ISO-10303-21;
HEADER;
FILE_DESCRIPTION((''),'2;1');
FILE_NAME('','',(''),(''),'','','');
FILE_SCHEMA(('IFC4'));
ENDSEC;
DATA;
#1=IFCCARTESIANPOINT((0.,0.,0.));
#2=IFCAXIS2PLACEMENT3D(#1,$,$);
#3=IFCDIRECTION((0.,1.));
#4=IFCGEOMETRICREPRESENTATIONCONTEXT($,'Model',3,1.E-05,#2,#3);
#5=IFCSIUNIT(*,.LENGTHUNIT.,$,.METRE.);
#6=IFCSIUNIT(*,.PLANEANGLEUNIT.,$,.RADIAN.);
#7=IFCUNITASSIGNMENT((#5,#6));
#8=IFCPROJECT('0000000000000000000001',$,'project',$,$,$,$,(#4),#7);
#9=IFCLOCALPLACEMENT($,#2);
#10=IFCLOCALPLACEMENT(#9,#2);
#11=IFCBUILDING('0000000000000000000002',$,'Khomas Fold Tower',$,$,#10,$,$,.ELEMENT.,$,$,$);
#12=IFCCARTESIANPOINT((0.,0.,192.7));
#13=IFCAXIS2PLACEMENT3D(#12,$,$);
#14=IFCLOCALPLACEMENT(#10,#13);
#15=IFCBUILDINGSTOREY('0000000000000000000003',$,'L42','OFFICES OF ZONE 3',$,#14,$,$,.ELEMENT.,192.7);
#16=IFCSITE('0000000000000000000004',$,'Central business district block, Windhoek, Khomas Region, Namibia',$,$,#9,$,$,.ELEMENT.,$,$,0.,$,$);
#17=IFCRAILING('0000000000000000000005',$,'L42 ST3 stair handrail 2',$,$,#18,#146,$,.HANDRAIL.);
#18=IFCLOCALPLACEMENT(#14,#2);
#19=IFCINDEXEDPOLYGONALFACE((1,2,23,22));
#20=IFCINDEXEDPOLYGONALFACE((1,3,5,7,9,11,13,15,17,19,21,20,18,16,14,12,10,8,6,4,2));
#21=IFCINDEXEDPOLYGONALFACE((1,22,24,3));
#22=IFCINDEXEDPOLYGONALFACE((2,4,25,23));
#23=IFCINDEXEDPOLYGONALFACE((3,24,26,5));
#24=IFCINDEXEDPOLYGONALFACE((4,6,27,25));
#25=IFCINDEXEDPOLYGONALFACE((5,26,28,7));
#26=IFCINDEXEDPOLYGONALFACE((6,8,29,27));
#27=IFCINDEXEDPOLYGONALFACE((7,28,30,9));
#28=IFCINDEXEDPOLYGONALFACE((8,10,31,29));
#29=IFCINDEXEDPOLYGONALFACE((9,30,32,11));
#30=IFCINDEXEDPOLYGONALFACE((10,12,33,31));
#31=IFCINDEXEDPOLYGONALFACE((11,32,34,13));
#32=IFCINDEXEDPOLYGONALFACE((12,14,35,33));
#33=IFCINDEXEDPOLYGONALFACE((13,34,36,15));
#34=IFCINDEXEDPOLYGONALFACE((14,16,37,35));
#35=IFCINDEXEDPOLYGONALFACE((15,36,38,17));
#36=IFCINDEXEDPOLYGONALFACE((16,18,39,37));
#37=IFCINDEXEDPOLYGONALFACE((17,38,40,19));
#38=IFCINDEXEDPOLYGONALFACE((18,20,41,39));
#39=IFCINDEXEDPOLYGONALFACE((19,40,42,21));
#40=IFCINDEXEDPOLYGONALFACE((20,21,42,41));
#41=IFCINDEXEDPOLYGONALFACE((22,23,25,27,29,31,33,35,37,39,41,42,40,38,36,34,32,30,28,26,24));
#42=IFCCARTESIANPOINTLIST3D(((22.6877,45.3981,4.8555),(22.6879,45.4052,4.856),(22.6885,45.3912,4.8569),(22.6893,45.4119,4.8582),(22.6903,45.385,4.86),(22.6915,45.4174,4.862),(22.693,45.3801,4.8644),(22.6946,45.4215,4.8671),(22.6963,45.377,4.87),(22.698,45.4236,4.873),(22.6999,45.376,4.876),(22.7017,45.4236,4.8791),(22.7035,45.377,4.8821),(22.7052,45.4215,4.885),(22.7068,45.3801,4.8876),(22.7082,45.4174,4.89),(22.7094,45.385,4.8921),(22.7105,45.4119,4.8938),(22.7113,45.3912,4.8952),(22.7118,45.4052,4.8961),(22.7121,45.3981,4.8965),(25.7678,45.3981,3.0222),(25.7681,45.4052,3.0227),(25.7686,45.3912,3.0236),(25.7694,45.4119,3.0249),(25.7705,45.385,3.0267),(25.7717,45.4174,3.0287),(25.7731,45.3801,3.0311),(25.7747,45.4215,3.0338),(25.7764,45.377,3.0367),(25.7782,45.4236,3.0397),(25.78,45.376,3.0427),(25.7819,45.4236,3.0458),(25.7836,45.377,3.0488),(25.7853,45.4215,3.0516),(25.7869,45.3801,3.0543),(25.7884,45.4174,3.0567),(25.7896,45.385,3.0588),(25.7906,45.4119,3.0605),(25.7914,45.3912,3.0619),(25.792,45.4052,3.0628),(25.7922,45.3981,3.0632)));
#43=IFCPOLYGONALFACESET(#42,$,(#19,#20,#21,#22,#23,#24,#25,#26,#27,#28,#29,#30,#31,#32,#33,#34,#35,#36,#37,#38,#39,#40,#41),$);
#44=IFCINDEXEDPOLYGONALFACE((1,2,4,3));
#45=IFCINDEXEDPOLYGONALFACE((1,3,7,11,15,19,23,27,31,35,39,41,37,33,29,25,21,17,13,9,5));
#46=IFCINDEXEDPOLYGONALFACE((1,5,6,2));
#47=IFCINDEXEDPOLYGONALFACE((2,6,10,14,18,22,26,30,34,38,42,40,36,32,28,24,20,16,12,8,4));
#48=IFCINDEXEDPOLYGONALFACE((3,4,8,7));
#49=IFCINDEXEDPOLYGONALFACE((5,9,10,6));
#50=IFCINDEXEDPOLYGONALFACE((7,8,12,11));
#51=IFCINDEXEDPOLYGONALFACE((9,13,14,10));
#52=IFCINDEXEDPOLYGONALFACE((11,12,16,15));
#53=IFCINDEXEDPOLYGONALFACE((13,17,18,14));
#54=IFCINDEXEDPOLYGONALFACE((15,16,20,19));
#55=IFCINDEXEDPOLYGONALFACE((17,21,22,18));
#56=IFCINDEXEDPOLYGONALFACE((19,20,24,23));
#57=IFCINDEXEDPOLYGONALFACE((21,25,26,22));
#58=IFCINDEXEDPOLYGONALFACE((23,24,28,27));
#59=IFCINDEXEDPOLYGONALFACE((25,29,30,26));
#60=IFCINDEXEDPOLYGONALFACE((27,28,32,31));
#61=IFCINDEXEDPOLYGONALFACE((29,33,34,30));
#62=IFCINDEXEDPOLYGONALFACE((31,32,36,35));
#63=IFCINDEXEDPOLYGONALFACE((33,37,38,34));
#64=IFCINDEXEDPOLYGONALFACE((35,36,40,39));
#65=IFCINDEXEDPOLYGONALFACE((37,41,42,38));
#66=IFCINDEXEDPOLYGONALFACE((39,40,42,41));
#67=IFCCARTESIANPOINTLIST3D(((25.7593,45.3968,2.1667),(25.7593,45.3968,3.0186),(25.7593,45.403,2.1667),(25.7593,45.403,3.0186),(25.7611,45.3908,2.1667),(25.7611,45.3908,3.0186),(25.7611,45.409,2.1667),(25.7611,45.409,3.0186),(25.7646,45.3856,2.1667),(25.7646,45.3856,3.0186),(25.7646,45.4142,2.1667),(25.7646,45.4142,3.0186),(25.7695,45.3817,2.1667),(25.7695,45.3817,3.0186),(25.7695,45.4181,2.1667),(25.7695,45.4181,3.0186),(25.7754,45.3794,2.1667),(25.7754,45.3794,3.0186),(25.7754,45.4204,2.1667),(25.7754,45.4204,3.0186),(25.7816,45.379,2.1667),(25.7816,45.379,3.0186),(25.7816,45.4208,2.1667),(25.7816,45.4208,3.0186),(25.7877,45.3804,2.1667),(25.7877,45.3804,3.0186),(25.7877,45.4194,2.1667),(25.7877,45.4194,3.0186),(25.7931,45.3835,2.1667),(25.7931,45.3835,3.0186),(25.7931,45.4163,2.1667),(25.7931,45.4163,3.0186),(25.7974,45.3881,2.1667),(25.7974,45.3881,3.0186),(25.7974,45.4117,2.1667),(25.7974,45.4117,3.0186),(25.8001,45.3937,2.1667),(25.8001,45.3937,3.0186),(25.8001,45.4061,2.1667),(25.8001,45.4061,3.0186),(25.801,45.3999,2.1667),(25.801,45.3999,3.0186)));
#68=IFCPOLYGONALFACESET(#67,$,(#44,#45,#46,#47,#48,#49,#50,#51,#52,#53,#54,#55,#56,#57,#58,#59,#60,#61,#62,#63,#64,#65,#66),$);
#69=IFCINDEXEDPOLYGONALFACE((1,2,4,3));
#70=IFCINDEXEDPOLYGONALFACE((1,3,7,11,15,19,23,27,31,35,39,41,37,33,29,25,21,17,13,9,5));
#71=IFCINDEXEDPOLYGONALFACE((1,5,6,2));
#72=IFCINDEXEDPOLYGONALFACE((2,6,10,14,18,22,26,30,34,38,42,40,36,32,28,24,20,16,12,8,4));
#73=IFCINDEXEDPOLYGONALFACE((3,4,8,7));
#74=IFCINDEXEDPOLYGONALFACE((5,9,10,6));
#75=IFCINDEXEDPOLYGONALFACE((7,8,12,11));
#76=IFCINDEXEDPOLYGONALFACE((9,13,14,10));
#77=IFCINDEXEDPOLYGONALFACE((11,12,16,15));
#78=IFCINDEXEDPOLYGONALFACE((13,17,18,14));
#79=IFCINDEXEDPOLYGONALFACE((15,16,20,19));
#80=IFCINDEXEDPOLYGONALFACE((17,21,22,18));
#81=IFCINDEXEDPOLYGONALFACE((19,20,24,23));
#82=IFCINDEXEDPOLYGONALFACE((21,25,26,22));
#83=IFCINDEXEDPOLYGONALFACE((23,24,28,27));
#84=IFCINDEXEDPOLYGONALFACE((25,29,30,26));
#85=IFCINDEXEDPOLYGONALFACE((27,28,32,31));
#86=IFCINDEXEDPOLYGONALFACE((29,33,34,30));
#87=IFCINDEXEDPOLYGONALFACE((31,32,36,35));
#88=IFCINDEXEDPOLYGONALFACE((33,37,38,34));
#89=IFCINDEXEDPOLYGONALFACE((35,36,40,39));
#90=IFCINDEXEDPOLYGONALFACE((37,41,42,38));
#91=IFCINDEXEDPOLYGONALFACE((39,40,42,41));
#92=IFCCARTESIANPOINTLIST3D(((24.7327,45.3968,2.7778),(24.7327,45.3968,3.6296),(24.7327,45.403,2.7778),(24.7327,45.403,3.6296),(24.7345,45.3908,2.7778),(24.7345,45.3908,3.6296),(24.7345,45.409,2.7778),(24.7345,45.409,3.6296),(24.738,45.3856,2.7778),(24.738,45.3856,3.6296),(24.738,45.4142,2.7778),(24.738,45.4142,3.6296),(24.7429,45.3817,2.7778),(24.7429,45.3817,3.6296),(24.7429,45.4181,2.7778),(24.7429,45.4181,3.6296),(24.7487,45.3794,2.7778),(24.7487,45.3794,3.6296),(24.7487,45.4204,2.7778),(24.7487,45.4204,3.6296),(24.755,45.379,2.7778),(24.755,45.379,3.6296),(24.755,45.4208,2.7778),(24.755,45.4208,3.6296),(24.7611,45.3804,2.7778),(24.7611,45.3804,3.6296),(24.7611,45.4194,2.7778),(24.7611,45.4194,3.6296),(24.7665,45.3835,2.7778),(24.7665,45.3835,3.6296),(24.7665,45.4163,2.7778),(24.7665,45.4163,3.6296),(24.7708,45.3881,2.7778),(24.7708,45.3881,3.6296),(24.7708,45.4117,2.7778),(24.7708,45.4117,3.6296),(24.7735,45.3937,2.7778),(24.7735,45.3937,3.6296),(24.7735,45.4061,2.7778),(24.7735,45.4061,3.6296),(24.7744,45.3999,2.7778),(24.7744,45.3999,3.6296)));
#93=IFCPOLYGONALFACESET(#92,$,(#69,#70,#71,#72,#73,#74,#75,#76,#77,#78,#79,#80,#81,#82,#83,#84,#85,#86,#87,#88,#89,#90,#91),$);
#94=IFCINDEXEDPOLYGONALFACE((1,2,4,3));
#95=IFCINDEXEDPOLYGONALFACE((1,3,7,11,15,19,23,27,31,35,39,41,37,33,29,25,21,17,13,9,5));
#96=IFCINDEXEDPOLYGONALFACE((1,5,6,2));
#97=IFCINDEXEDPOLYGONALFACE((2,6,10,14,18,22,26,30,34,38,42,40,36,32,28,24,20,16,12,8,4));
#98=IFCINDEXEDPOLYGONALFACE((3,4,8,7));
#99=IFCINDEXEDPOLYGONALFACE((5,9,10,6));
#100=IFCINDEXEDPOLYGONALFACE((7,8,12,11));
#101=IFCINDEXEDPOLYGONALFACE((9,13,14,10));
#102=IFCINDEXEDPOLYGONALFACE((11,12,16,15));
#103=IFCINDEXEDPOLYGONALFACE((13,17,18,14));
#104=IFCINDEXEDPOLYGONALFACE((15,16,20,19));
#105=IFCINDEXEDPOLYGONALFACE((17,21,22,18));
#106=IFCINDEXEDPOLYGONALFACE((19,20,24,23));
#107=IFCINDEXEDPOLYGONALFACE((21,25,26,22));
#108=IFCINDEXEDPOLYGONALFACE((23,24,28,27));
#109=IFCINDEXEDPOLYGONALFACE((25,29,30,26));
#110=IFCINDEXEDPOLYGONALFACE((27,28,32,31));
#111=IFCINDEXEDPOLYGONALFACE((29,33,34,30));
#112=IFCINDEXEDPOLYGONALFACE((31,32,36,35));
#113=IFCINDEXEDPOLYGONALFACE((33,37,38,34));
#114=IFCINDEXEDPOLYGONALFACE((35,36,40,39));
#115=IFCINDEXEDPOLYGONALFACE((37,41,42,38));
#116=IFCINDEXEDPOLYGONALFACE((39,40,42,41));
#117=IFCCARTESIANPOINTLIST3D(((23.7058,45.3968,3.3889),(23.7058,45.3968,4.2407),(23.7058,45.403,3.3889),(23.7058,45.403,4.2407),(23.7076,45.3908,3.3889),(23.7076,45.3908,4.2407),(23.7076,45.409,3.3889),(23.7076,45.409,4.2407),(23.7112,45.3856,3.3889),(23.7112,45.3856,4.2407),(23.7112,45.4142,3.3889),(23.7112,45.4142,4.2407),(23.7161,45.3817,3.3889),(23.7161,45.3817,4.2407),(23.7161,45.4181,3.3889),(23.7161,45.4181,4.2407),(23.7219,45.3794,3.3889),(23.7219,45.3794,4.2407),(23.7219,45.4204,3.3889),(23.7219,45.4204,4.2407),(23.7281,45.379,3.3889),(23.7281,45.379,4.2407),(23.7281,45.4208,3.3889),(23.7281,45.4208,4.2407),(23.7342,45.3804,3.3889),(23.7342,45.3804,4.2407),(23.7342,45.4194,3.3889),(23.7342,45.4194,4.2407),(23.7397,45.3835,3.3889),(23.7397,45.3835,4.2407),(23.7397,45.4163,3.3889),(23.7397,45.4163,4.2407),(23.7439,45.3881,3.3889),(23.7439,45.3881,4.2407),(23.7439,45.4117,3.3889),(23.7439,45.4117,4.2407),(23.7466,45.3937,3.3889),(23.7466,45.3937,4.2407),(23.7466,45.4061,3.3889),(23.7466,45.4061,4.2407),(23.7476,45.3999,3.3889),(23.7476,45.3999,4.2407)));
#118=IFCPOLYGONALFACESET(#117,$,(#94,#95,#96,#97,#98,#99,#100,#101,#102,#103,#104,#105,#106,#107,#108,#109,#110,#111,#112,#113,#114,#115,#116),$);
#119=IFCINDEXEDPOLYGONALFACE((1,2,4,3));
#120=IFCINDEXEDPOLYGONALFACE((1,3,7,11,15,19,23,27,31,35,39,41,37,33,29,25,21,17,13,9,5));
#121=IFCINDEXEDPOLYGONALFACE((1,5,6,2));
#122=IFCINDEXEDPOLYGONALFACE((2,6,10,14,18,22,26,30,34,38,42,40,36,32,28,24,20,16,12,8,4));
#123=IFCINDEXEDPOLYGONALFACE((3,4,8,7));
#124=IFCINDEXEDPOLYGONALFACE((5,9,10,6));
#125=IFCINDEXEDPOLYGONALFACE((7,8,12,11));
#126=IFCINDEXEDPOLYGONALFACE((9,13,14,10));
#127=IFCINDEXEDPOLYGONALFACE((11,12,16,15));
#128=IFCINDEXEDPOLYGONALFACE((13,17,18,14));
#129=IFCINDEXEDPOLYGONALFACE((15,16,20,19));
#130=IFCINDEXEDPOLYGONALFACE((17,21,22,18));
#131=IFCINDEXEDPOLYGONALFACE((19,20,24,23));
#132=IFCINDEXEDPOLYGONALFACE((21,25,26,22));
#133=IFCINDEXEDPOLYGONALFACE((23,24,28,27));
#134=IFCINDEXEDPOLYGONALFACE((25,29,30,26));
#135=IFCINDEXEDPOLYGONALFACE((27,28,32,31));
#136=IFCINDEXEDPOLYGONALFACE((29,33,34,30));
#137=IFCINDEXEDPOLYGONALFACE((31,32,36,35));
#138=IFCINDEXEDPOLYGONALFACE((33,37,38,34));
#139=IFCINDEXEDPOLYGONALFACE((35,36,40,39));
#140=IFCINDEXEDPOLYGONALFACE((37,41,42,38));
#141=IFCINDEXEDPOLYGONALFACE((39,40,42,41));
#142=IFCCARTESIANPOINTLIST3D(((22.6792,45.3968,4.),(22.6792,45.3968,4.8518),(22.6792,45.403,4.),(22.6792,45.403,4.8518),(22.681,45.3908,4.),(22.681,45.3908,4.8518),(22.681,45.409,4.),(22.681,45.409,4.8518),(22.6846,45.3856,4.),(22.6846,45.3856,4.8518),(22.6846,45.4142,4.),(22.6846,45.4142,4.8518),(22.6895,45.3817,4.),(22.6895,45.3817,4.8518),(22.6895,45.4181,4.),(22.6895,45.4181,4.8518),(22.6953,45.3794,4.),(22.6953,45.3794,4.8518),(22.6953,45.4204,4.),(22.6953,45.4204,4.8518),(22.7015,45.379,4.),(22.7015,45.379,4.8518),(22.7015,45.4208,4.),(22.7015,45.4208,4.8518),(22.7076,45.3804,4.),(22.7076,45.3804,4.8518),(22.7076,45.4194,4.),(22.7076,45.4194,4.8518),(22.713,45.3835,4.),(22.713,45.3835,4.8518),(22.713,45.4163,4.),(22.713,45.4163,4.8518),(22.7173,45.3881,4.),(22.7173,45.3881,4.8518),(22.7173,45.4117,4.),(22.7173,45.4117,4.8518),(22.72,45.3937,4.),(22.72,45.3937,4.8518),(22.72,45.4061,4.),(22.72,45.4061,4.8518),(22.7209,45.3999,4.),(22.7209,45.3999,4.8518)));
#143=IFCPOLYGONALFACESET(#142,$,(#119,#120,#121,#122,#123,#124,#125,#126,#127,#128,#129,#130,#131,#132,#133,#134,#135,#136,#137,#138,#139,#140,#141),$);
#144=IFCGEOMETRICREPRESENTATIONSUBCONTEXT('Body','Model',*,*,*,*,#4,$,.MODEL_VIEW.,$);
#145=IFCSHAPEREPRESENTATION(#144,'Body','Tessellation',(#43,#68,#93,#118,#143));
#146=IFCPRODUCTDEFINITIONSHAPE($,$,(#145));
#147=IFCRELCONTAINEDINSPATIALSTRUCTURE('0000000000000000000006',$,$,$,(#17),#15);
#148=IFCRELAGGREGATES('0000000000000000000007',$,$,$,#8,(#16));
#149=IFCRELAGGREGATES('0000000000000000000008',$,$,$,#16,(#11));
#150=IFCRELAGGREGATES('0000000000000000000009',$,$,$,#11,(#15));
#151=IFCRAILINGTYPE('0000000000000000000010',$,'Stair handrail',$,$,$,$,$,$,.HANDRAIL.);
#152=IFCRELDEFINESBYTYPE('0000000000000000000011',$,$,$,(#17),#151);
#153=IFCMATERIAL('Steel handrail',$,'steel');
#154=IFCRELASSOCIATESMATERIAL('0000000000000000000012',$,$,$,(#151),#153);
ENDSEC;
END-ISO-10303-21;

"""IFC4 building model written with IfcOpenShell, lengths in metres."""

from ifc_helpers import new_model, si_unit, direction, frame, origin, origin_2d, place, context, subcontext, project, spatial, circle, extrude, source, transform, mapped, material, type_object, element, save


model = new_model("IFC4")

# Units and contexts
model_context = context("Model", 3, precision=1e-05, world=origin(), true_north=direction((0.0, 1.0)))
body_context = subcontext(model_context, "Body", "Model", "MODEL_VIEW")
ifc_project = project(units=[si_unit("LENGTHUNIT", "METRE"), si_unit("PLANEANGLEUNIT", "RADIAN")], contexts=[model_context])

# Site, building, storey
site_placement = place(None, origin())
site = spatial("IfcSite", under=ifc_project, at=site_placement, Name="Central business district block, Windhoek, Khomas Region, Namibia", CompositionType="ELEMENT", RefElevation=0.0)
building_placement = place(site_placement, origin())
building = spatial("IfcBuilding", under=site, at=building_placement, Name="Khomas Fold Tower", CompositionType="ELEMENT")
storey_placement = place(building_placement, frame((0.0, 0.0, 192.7)))
storey = spatial("IfcBuildingStorey", under=building, at=storey_placement, Name="L42", Description="OFFICES OF ZONE 3", CompositionType="ELEMENT", Elevation=192.7)

# Railing
ifc_material_1 = material(Name="Steel handrail", Category="steel")
railing_type_1 = type_object("IfcRailingType", Name="Stair handrail", PredefinedType="HANDRAIL", material=ifc_material_1)
shared_shape_1 = source(origin(), body_context, "Body", "SweptSolid", [
    extrude(circle(Radius=0.0239, at=origin_2d()), frame((0.0, 0.0, 0.876), z_axis=(-0.859309, 0.0, 0.511458), x_axis=(0.0, -1.0, 0.0)), (0.0, 0.0, 1.0), 3.5845),
    extrude(circle(Radius=0.021, at=origin_2d()), origin(), (0.0, 0.0, 1.0), 0.8518),
    extrude(circle(Radius=0.021, at=origin_2d()), frame((-1.0266, 0.0, 0.6111)), (0.0, 0.0, 1.0), 0.8518),
    extrude(circle(Radius=0.021, at=origin_2d()), frame((-2.0535, 0.0, 1.2222)), (0.0, 0.0, 1.0), 0.8518),
    extrude(circle(Radius=0.021, at=origin_2d()), frame((-3.0801, 0.0, 1.8333)), (0.0, 0.0, 1.0), 0.8518),
])
railing_1_placement = place(storey_placement, frame((25.78, 45.3999, 2.1667)))
element("IfcRailing", 1, at=railing_1_placement, inside=storey, type_object=railing_type_1, Name="L42 ST3 stair handrail 2", PredefinedType="HANDRAIL", context=body_context, shape_type="MappedRepresentation", body=[
    mapped(shared_shape_1, transform((0.0, 0.0, 0.0))),
])

save(model, "model.ifc")
